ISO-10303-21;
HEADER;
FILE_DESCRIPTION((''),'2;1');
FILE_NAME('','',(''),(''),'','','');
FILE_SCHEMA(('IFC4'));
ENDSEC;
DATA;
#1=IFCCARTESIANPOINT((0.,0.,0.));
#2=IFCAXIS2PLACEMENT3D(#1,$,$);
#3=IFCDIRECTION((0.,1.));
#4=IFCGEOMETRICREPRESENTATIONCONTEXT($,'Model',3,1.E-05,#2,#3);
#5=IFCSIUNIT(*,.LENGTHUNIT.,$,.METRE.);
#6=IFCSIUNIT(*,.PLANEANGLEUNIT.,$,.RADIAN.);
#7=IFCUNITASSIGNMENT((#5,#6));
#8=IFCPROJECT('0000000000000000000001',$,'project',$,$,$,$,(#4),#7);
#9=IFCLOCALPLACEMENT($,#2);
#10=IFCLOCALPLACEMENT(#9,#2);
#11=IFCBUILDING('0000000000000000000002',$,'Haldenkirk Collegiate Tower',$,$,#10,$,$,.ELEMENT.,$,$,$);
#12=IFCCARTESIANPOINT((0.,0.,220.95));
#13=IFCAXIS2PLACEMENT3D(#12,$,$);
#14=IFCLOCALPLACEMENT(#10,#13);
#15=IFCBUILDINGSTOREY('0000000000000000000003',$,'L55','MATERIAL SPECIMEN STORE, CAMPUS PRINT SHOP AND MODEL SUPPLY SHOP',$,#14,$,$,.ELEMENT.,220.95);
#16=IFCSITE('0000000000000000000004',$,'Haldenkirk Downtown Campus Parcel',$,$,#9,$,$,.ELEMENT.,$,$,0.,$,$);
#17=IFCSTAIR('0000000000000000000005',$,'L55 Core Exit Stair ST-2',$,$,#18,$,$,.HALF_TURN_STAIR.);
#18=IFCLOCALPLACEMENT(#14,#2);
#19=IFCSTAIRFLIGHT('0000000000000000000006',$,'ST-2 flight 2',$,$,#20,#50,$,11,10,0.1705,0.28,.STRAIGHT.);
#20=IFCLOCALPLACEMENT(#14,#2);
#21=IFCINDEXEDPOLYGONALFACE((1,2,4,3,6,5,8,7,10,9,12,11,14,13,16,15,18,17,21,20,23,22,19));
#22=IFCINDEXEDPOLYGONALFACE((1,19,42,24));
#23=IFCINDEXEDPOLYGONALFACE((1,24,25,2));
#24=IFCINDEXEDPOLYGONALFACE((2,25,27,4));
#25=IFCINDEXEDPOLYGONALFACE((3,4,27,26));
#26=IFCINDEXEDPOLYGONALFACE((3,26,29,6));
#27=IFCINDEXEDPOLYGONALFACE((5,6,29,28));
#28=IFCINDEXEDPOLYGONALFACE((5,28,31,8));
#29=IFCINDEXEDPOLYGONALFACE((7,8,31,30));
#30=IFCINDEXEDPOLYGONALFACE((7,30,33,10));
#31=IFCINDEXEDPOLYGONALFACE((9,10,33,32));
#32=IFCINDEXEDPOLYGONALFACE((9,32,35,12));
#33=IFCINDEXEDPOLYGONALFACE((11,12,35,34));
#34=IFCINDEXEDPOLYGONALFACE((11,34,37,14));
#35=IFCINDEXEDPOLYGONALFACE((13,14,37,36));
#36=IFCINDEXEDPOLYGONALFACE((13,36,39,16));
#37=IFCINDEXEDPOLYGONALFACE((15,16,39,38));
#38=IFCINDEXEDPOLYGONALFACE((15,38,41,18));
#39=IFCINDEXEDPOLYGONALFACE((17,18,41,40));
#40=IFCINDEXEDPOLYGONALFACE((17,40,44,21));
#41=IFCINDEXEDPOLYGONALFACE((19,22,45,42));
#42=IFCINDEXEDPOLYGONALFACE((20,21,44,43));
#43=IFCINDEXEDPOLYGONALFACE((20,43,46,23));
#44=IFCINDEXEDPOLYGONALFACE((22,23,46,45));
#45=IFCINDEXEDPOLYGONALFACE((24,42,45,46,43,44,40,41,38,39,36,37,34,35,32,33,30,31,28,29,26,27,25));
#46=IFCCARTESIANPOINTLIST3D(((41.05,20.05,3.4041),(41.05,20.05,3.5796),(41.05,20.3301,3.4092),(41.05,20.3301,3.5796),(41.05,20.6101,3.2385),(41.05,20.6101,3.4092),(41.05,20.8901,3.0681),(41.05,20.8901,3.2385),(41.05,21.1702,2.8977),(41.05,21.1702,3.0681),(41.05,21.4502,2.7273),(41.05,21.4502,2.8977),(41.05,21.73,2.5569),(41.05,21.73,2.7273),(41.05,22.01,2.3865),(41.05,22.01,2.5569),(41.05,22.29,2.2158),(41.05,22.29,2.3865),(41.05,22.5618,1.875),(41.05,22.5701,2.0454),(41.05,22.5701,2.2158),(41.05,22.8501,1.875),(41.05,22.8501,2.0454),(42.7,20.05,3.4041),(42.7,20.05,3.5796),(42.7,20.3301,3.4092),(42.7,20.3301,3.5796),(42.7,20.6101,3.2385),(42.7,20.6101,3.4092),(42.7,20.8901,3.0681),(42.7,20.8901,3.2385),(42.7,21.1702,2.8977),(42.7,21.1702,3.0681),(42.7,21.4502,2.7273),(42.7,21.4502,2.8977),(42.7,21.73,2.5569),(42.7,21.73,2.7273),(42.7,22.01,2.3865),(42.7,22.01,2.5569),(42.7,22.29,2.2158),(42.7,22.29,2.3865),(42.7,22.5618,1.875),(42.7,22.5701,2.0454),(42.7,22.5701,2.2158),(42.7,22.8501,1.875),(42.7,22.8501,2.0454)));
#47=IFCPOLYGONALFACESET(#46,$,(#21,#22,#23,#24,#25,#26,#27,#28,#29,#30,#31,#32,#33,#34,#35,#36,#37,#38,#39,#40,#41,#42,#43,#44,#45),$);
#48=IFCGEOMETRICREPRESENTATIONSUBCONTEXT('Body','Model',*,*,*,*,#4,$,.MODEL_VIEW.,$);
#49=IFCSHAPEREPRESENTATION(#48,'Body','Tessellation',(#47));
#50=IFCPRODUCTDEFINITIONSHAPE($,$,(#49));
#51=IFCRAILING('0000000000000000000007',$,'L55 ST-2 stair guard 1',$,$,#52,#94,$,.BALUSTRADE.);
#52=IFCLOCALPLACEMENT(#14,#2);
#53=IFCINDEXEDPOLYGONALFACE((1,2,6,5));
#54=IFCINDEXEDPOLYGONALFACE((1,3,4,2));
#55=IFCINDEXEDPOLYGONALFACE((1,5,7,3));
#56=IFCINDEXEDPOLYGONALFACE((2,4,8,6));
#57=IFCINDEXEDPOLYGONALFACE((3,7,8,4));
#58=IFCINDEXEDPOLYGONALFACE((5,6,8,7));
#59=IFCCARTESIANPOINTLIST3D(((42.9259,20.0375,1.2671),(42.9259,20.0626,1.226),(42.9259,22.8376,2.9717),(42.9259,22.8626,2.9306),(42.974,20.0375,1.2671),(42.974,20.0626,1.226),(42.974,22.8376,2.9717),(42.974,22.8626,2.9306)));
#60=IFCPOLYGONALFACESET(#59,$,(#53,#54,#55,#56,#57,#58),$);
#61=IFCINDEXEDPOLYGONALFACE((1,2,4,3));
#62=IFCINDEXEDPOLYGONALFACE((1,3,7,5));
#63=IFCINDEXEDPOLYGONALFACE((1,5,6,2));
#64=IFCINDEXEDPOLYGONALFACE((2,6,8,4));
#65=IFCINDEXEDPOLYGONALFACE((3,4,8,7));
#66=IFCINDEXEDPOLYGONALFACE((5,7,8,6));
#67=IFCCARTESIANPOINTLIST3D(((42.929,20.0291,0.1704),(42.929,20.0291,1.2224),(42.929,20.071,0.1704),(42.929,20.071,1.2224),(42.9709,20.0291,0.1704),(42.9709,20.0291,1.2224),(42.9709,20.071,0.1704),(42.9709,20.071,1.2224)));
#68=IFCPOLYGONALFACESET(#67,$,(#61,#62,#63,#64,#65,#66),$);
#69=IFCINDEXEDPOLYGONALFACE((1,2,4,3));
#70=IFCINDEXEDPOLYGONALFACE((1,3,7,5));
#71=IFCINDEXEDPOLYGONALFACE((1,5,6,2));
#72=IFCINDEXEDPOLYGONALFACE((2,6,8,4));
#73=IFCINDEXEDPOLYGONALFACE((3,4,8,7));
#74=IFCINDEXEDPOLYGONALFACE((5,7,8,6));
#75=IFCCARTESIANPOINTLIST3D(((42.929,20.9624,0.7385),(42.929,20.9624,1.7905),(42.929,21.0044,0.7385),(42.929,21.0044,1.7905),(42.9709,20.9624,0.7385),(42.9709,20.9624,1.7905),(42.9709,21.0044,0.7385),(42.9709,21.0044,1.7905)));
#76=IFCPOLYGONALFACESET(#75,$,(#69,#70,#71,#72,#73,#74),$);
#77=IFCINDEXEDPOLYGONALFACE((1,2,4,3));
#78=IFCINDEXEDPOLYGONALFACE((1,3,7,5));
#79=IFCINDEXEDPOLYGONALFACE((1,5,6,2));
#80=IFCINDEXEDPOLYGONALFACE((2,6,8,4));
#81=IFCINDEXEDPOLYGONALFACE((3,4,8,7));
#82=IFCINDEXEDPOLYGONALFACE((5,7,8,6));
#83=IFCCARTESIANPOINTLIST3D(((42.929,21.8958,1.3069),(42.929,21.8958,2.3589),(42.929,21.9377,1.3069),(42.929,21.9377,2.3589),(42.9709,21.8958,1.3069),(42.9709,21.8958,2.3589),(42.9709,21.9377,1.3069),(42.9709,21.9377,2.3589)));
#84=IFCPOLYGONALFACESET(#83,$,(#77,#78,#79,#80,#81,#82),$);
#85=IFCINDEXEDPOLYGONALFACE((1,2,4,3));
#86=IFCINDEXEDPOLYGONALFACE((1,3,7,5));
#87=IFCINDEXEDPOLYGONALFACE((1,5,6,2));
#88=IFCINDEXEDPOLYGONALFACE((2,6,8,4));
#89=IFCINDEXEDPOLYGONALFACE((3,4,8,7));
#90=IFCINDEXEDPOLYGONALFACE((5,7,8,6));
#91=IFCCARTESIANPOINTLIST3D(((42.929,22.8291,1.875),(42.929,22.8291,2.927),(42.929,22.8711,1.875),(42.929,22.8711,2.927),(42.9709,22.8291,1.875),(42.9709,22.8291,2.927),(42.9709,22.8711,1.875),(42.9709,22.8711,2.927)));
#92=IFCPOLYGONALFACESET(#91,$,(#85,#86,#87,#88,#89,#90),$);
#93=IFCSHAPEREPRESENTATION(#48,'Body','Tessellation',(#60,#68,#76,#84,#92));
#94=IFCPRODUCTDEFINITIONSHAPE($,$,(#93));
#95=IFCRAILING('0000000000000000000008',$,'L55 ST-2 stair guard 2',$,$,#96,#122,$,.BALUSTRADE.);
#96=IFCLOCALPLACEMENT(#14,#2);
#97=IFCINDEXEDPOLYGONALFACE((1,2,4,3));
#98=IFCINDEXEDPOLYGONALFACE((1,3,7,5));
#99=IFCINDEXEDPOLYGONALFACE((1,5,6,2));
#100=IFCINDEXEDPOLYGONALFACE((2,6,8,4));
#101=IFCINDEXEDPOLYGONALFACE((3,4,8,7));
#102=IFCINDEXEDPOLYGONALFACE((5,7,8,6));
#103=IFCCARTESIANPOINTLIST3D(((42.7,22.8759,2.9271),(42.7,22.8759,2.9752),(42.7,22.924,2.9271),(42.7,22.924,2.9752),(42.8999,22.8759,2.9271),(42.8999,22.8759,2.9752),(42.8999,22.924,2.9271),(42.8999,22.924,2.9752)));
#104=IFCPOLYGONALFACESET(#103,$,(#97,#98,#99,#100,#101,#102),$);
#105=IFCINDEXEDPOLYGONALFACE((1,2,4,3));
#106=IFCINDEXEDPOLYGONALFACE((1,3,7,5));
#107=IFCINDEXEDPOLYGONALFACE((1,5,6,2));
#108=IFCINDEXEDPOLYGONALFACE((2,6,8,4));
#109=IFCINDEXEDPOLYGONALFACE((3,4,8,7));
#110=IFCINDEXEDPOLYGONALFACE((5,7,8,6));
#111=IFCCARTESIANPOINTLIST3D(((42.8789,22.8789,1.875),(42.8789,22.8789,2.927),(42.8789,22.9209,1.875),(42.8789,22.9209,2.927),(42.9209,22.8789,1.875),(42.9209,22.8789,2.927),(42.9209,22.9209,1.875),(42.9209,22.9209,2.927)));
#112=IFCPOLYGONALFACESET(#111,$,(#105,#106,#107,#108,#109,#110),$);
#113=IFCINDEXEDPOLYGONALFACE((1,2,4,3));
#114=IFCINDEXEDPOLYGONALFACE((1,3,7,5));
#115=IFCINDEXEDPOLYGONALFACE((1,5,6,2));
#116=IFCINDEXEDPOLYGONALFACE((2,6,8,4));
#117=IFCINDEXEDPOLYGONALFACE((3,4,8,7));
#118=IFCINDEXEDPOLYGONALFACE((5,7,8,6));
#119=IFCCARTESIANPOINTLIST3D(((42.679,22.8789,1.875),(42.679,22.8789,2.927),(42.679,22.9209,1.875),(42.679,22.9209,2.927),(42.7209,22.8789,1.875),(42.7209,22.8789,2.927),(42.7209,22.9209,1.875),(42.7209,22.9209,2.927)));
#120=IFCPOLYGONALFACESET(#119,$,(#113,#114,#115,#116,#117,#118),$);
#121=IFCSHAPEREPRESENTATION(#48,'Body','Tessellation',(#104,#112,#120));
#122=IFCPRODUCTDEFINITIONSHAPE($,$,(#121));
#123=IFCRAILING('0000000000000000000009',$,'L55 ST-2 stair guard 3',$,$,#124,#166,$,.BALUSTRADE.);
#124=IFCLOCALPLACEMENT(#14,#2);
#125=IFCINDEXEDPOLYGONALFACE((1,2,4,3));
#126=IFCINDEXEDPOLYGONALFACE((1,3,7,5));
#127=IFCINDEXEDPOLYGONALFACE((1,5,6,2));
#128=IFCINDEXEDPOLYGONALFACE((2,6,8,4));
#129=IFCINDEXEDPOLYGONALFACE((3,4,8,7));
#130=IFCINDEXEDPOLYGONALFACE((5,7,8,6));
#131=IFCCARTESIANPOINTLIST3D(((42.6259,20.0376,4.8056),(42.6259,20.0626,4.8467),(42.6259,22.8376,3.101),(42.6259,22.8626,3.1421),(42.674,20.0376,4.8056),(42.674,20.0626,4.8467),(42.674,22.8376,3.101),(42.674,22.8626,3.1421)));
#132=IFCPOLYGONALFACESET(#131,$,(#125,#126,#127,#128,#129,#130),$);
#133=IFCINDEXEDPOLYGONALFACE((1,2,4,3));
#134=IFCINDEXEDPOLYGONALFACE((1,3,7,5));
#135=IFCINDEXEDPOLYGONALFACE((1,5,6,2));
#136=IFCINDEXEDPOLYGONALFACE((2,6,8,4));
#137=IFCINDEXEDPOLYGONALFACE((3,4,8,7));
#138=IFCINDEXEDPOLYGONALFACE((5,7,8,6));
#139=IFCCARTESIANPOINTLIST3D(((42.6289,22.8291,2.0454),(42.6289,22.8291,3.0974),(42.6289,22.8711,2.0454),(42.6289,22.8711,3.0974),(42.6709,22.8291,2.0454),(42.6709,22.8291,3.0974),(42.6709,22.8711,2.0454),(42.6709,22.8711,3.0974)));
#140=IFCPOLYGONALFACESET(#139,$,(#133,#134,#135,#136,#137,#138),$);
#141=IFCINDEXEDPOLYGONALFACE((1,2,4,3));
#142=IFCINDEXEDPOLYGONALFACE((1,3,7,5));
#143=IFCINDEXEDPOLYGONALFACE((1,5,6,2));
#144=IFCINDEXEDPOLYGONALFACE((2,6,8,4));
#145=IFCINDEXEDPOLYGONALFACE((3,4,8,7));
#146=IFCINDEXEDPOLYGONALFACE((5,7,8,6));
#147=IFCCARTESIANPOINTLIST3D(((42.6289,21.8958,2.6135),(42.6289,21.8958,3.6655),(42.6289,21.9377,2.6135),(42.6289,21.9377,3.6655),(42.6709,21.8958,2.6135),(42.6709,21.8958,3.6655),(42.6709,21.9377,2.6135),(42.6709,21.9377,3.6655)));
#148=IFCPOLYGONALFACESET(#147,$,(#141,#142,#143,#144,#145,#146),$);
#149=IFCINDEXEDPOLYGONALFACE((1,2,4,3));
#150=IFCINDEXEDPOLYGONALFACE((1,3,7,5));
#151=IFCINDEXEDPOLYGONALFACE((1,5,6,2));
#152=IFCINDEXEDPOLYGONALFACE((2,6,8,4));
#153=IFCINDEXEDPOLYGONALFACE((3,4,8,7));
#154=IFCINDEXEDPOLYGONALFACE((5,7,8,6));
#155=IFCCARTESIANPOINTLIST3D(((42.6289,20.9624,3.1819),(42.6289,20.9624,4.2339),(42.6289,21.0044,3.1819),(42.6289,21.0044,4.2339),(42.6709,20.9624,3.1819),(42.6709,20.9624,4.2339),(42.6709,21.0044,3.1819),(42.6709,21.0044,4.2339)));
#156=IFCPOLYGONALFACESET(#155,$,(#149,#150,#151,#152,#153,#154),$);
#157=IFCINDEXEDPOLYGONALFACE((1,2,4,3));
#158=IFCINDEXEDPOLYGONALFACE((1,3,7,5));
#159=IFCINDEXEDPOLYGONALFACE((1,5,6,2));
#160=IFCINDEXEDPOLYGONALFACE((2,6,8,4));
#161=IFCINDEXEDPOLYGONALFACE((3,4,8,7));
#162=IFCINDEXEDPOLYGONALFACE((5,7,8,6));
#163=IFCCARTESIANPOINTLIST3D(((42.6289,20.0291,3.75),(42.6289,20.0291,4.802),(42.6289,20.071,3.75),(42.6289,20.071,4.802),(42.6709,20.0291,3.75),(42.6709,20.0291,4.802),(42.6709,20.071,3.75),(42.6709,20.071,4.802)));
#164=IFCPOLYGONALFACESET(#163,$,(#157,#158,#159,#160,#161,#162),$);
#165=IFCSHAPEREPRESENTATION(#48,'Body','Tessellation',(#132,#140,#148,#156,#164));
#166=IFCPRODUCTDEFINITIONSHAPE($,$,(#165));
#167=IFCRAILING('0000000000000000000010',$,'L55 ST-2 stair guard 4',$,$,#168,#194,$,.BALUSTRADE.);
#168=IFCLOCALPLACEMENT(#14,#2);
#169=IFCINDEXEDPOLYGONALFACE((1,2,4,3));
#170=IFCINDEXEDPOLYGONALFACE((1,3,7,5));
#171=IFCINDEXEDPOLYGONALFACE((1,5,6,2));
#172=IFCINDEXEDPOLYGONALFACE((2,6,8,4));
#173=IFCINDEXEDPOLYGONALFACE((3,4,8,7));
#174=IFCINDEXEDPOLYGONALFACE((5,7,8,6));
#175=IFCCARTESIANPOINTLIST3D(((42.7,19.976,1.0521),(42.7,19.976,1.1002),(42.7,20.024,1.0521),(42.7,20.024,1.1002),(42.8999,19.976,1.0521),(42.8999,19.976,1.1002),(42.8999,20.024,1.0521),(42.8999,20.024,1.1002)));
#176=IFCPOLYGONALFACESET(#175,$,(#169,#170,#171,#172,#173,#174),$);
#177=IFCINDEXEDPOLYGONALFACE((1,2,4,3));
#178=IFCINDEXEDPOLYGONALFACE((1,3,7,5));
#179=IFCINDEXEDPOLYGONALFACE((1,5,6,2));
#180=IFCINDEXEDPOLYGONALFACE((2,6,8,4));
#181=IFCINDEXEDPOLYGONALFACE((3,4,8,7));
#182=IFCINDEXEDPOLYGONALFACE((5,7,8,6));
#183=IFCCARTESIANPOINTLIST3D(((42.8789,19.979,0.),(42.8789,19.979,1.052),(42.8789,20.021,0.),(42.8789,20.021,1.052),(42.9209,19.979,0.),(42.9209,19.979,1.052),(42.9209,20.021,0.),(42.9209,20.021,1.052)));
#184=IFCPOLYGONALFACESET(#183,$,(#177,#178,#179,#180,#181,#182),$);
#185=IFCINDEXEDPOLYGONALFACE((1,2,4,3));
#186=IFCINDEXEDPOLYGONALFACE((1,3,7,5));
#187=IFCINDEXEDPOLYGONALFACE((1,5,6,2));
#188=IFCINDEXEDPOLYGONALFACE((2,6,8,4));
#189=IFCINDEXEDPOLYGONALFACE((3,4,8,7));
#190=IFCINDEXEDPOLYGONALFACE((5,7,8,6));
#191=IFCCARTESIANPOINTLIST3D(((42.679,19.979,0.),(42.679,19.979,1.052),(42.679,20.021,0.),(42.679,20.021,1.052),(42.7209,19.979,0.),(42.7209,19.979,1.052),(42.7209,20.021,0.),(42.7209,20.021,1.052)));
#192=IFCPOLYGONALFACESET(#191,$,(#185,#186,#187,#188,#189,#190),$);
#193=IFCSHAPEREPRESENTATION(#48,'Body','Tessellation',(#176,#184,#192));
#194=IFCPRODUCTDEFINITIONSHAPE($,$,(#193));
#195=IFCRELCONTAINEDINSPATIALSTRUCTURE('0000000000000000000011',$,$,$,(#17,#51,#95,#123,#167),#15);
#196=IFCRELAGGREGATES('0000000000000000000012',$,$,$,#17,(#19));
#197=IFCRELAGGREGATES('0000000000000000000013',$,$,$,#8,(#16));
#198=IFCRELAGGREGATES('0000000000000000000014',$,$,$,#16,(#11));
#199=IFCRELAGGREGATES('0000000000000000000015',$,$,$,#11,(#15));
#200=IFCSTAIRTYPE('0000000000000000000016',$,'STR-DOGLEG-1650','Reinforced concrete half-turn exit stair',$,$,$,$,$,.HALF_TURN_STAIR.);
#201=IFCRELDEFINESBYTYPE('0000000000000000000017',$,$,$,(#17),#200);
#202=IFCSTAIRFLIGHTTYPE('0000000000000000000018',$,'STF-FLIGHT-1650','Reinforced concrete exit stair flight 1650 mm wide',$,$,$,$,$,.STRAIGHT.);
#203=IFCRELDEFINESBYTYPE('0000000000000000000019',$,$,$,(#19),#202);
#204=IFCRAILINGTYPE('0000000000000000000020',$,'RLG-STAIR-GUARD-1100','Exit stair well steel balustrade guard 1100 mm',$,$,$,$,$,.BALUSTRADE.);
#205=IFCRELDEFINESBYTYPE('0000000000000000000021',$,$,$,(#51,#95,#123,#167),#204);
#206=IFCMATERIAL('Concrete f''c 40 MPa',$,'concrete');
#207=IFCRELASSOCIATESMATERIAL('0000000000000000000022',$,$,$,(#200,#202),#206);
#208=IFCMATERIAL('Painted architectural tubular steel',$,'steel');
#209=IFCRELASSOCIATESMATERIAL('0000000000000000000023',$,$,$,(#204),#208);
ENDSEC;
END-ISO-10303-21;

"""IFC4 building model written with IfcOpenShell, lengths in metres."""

from ifc_helpers import new_model, si_unit, direction, frame, origin, origin_2d, place, context, subcontext, project, spatial, polyline, rectangle, outline, extrude, material, type_object, element, aggregate, save


model = new_model("IFC4")

# Units and contexts
model_context = context("Model", 3, precision=1e-05, world=origin(), true_north=direction((0.0, 1.0)))
body_context = subcontext(model_context, "Body", "Model", "MODEL_VIEW")
ifc_project = project(units=[si_unit("LENGTHUNIT", "METRE"), si_unit("PLANEANGLEUNIT", "RADIAN")], contexts=[model_context])

# Site, building, storey
site_placement = place(None, origin())
site = spatial("IfcSite", under=ifc_project, at=site_placement, Name="Haldenkirk Downtown Campus Parcel", CompositionType="ELEMENT", RefElevation=0.0)
building_placement = place(site_placement, origin())
building = spatial("IfcBuilding", under=site, at=building_placement, Name="Haldenkirk Collegiate Tower", CompositionType="ELEMENT")
storey_placement = place(building_placement, frame((0.0, 0.0, 220.95)))
storey = spatial("IfcBuildingStorey", under=building, at=storey_placement, Name="L55", Description="MATERIAL SPECIMEN STORE, CAMPUS PRINT SHOP AND MODEL SUPPLY SHOP", CompositionType="ELEMENT", Elevation=220.95)

# Stair, stair flight
ifc_material_1 = material(Name="Concrete f'c 40 MPa", Category="concrete")
stair_type = type_object("IfcStairType", Name="STR-DOGLEG-1650", Description="Reinforced concrete half-turn exit stair", PredefinedType="HALF_TURN_STAIR", material=ifc_material_1)
stair_placement = place(storey_placement, origin())
stair = element("IfcStair", 1, at=stair_placement, inside=storey, type_object=stair_type, Name="L55 Core Exit Stair ST-2", PredefinedType="HALF_TURN_STAIR")
stair_flight_type = type_object("IfcStairFlightType", Name="STF-FLIGHT-1650", Description="Reinforced concrete exit stair flight 1650 mm wide", PredefinedType="STRAIGHT", material=ifc_material_1)
stair_flight_1_placement = place(storey_placement, frame((41.875, 22.8501, 1.875), z_axis=(0.0, 0.0, 1.0), x_axis=(0.0, -1.0, 0.0)))
stair_flight_1 = element("IfcStairFlight", 2, at=stair_flight_1_placement, type_object=stair_flight_type, Name="ST-2 flight 2", NumberOfRisers=11, NumberOfTreads=10, PredefinedType="STRAIGHT", RiserHeight=0.1705, TreadLength=0.28, context=body_context, shape_type="SweptSolid", body=[
    extrude(outline(polyline([(0.0, 0.0), (0.0, 0.1704), (0.28, 0.1704), (0.28, 0.3408), (0.5601, 0.3408), (0.5601, 0.5115), (0.8401, 0.5115), (0.8401, 0.6819), (1.1201, 0.6819), (1.1201, 0.8523), (1.3999, 0.8523), (1.3999, 1.0227), (1.6799, 1.0227), (1.6799, 1.1931), (1.96, 1.1931), (1.96, 1.3635), (2.24, 1.3635), (2.24, 1.5342), (2.52, 1.5342), (2.52, 1.7046), (2.8, 1.7046), (2.8, 1.875), (2.8, 1.5291), (0.2883, 0.0), (0.0, 0.0)])), frame((0.0, 0.825, 0.0), z_axis=(0.0, -1.0, 0.0), x_axis=(1.0, 0.0, 0.0)), (0.0, 0.0, 1.0), 1.6499),
])
aggregate(stair, [stair_flight_1])

# Railings
ifc_material_2 = material(Name="Painted architectural tubular steel", Category="steel")
railing_type_1 = type_object("IfcRailingType", Name="RLG-STAIR-GUARD-1100", Description="Exit stair well steel balustrade guard 1100 mm", PredefinedType="BALUSTRADE", material=ifc_material_2)
railing_1_placement = place(storey_placement, frame((42.95, 20.05, 0.1704)))
element("IfcRailing", 3, at=railing_1_placement, inside=storey, type_object=railing_type_1, Name="L55 ST-2 stair guard 1", PredefinedType="BALUSTRADE", context=body_context, shape_type="SweptSolid", body=[
    extrude(rectangle(XDim=0.0481, YDim=0.0481, at=origin_2d()), frame((0.0, 0.0, 1.0762), z_axis=(0.0, 0.85417, 0.519994), x_axis=(-1.0, 0.0, 0.0)), (0.0, 0.0, 1.0), 3.2781),
    extrude(rectangle(XDim=0.042, YDim=0.042, at=origin_2d()), origin(), (0.0, 0.0, 1.0), 1.052),
    extrude(rectangle(XDim=0.042, YDim=0.042, at=origin_2d()), frame((0.0, 0.9333, 0.5681)), (0.0, 0.0, 1.0), 1.052),
    extrude(rectangle(XDim=0.042, YDim=0.042, at=origin_2d()), frame((0.0, 1.8667, 1.1365)), (0.0, 0.0, 1.0), 1.052),
    extrude(rectangle(XDim=0.042, YDim=0.042, at=origin_2d()), frame((0.0, 2.8, 1.7046)), (0.0, 0.0, 1.0), 1.052),
])
railing_2_placement = place(storey_placement, frame((42.8999, 22.8999, 1.875)))
element("IfcRailing", 4, at=railing_2_placement, inside=storey, type_object=railing_type_1, Name="L55 ST-2 stair guard 2", PredefinedType="BALUSTRADE", context=body_context, shape_type="SweptSolid", body=[
    extrude(rectangle(XDim=0.0481, YDim=0.0481, at=origin_2d()), frame((0.0, 0.0, 1.0762), z_axis=(-1.0, 0.0, 0.0), x_axis=(0.0, -1.0, 0.0)), (0.0, 0.0, 1.0), 0.2),
    extrude(rectangle(XDim=0.042, YDim=0.042, at=origin_2d()), origin(), (0.0, 0.0, 1.0), 1.052),
    extrude(rectangle(XDim=0.042, YDim=0.042, at=origin_2d()), frame((-0.2, 0.0, 0.0)), (0.0, 0.0, 1.0), 1.052),
])
railing_3_placement = place(storey_placement, frame((42.6499, 22.8501, 2.0454)))
element("IfcRailing", 5, at=railing_3_placement, inside=storey, type_object=railing_type_1, Name="L55 ST-2 stair guard 3", PredefinedType="BALUSTRADE", context=body_context, shape_type="SweptSolid", body=[
    extrude(rectangle(XDim=0.0481, YDim=0.0481, at=origin_2d()), frame((0.0, 0.0, 1.0762), z_axis=(0.0, -0.85417, 0.519994), x_axis=(1.0, 0.0, 0.0)), (0.0, 0.0, 1.0), 3.2781),
    extrude(rectangle(XDim=0.042, YDim=0.042, at=origin_2d()), origin(), (0.0, 0.0, 1.0), 1.052),
    extrude(rectangle(XDim=0.042, YDim=0.042, at=origin_2d()), frame((0.0, -0.9333, 0.5681)), (0.0, 0.0, 1.0), 1.052),
    extrude(rectangle(XDim=0.042, YDim=0.042, at=origin_2d()), frame((0.0, -1.8667, 1.1365)), (0.0, 0.0, 1.0), 1.052),
    extrude(rectangle(XDim=0.042, YDim=0.042, at=origin_2d()), frame((0.0, -2.8, 1.7046)), (0.0, 0.0, 1.0), 1.052),
])
railing_4_placement = place(storey_placement, frame((42.8999, 20.0, 0.0)))
element("IfcRailing", 6, at=railing_4_placement, inside=storey, type_object=railing_type_1, Name="L55 ST-2 stair guard 4", PredefinedType="BALUSTRADE", context=body_context, shape_type="SweptSolid", body=[
    extrude(rectangle(XDim=0.0481, YDim=0.0481, at=origin_2d()), frame((0.0, 0.0, 1.0762), z_axis=(-1.0, 0.0, 0.0), x_axis=(0.0, -1.0, 0.0)), (0.0, 0.0, 1.0), 0.2),
    extrude(rectangle(XDim=0.042, YDim=0.042, at=origin_2d()), origin(), (0.0, 0.0, 1.0), 1.052),
    extrude(rectangle(XDim=0.042, YDim=0.042, at=origin_2d()), frame((-0.2, 0.0, 0.0)), (0.0, 0.0, 1.0), 1.052),
])

save(model, "model.ifc")
